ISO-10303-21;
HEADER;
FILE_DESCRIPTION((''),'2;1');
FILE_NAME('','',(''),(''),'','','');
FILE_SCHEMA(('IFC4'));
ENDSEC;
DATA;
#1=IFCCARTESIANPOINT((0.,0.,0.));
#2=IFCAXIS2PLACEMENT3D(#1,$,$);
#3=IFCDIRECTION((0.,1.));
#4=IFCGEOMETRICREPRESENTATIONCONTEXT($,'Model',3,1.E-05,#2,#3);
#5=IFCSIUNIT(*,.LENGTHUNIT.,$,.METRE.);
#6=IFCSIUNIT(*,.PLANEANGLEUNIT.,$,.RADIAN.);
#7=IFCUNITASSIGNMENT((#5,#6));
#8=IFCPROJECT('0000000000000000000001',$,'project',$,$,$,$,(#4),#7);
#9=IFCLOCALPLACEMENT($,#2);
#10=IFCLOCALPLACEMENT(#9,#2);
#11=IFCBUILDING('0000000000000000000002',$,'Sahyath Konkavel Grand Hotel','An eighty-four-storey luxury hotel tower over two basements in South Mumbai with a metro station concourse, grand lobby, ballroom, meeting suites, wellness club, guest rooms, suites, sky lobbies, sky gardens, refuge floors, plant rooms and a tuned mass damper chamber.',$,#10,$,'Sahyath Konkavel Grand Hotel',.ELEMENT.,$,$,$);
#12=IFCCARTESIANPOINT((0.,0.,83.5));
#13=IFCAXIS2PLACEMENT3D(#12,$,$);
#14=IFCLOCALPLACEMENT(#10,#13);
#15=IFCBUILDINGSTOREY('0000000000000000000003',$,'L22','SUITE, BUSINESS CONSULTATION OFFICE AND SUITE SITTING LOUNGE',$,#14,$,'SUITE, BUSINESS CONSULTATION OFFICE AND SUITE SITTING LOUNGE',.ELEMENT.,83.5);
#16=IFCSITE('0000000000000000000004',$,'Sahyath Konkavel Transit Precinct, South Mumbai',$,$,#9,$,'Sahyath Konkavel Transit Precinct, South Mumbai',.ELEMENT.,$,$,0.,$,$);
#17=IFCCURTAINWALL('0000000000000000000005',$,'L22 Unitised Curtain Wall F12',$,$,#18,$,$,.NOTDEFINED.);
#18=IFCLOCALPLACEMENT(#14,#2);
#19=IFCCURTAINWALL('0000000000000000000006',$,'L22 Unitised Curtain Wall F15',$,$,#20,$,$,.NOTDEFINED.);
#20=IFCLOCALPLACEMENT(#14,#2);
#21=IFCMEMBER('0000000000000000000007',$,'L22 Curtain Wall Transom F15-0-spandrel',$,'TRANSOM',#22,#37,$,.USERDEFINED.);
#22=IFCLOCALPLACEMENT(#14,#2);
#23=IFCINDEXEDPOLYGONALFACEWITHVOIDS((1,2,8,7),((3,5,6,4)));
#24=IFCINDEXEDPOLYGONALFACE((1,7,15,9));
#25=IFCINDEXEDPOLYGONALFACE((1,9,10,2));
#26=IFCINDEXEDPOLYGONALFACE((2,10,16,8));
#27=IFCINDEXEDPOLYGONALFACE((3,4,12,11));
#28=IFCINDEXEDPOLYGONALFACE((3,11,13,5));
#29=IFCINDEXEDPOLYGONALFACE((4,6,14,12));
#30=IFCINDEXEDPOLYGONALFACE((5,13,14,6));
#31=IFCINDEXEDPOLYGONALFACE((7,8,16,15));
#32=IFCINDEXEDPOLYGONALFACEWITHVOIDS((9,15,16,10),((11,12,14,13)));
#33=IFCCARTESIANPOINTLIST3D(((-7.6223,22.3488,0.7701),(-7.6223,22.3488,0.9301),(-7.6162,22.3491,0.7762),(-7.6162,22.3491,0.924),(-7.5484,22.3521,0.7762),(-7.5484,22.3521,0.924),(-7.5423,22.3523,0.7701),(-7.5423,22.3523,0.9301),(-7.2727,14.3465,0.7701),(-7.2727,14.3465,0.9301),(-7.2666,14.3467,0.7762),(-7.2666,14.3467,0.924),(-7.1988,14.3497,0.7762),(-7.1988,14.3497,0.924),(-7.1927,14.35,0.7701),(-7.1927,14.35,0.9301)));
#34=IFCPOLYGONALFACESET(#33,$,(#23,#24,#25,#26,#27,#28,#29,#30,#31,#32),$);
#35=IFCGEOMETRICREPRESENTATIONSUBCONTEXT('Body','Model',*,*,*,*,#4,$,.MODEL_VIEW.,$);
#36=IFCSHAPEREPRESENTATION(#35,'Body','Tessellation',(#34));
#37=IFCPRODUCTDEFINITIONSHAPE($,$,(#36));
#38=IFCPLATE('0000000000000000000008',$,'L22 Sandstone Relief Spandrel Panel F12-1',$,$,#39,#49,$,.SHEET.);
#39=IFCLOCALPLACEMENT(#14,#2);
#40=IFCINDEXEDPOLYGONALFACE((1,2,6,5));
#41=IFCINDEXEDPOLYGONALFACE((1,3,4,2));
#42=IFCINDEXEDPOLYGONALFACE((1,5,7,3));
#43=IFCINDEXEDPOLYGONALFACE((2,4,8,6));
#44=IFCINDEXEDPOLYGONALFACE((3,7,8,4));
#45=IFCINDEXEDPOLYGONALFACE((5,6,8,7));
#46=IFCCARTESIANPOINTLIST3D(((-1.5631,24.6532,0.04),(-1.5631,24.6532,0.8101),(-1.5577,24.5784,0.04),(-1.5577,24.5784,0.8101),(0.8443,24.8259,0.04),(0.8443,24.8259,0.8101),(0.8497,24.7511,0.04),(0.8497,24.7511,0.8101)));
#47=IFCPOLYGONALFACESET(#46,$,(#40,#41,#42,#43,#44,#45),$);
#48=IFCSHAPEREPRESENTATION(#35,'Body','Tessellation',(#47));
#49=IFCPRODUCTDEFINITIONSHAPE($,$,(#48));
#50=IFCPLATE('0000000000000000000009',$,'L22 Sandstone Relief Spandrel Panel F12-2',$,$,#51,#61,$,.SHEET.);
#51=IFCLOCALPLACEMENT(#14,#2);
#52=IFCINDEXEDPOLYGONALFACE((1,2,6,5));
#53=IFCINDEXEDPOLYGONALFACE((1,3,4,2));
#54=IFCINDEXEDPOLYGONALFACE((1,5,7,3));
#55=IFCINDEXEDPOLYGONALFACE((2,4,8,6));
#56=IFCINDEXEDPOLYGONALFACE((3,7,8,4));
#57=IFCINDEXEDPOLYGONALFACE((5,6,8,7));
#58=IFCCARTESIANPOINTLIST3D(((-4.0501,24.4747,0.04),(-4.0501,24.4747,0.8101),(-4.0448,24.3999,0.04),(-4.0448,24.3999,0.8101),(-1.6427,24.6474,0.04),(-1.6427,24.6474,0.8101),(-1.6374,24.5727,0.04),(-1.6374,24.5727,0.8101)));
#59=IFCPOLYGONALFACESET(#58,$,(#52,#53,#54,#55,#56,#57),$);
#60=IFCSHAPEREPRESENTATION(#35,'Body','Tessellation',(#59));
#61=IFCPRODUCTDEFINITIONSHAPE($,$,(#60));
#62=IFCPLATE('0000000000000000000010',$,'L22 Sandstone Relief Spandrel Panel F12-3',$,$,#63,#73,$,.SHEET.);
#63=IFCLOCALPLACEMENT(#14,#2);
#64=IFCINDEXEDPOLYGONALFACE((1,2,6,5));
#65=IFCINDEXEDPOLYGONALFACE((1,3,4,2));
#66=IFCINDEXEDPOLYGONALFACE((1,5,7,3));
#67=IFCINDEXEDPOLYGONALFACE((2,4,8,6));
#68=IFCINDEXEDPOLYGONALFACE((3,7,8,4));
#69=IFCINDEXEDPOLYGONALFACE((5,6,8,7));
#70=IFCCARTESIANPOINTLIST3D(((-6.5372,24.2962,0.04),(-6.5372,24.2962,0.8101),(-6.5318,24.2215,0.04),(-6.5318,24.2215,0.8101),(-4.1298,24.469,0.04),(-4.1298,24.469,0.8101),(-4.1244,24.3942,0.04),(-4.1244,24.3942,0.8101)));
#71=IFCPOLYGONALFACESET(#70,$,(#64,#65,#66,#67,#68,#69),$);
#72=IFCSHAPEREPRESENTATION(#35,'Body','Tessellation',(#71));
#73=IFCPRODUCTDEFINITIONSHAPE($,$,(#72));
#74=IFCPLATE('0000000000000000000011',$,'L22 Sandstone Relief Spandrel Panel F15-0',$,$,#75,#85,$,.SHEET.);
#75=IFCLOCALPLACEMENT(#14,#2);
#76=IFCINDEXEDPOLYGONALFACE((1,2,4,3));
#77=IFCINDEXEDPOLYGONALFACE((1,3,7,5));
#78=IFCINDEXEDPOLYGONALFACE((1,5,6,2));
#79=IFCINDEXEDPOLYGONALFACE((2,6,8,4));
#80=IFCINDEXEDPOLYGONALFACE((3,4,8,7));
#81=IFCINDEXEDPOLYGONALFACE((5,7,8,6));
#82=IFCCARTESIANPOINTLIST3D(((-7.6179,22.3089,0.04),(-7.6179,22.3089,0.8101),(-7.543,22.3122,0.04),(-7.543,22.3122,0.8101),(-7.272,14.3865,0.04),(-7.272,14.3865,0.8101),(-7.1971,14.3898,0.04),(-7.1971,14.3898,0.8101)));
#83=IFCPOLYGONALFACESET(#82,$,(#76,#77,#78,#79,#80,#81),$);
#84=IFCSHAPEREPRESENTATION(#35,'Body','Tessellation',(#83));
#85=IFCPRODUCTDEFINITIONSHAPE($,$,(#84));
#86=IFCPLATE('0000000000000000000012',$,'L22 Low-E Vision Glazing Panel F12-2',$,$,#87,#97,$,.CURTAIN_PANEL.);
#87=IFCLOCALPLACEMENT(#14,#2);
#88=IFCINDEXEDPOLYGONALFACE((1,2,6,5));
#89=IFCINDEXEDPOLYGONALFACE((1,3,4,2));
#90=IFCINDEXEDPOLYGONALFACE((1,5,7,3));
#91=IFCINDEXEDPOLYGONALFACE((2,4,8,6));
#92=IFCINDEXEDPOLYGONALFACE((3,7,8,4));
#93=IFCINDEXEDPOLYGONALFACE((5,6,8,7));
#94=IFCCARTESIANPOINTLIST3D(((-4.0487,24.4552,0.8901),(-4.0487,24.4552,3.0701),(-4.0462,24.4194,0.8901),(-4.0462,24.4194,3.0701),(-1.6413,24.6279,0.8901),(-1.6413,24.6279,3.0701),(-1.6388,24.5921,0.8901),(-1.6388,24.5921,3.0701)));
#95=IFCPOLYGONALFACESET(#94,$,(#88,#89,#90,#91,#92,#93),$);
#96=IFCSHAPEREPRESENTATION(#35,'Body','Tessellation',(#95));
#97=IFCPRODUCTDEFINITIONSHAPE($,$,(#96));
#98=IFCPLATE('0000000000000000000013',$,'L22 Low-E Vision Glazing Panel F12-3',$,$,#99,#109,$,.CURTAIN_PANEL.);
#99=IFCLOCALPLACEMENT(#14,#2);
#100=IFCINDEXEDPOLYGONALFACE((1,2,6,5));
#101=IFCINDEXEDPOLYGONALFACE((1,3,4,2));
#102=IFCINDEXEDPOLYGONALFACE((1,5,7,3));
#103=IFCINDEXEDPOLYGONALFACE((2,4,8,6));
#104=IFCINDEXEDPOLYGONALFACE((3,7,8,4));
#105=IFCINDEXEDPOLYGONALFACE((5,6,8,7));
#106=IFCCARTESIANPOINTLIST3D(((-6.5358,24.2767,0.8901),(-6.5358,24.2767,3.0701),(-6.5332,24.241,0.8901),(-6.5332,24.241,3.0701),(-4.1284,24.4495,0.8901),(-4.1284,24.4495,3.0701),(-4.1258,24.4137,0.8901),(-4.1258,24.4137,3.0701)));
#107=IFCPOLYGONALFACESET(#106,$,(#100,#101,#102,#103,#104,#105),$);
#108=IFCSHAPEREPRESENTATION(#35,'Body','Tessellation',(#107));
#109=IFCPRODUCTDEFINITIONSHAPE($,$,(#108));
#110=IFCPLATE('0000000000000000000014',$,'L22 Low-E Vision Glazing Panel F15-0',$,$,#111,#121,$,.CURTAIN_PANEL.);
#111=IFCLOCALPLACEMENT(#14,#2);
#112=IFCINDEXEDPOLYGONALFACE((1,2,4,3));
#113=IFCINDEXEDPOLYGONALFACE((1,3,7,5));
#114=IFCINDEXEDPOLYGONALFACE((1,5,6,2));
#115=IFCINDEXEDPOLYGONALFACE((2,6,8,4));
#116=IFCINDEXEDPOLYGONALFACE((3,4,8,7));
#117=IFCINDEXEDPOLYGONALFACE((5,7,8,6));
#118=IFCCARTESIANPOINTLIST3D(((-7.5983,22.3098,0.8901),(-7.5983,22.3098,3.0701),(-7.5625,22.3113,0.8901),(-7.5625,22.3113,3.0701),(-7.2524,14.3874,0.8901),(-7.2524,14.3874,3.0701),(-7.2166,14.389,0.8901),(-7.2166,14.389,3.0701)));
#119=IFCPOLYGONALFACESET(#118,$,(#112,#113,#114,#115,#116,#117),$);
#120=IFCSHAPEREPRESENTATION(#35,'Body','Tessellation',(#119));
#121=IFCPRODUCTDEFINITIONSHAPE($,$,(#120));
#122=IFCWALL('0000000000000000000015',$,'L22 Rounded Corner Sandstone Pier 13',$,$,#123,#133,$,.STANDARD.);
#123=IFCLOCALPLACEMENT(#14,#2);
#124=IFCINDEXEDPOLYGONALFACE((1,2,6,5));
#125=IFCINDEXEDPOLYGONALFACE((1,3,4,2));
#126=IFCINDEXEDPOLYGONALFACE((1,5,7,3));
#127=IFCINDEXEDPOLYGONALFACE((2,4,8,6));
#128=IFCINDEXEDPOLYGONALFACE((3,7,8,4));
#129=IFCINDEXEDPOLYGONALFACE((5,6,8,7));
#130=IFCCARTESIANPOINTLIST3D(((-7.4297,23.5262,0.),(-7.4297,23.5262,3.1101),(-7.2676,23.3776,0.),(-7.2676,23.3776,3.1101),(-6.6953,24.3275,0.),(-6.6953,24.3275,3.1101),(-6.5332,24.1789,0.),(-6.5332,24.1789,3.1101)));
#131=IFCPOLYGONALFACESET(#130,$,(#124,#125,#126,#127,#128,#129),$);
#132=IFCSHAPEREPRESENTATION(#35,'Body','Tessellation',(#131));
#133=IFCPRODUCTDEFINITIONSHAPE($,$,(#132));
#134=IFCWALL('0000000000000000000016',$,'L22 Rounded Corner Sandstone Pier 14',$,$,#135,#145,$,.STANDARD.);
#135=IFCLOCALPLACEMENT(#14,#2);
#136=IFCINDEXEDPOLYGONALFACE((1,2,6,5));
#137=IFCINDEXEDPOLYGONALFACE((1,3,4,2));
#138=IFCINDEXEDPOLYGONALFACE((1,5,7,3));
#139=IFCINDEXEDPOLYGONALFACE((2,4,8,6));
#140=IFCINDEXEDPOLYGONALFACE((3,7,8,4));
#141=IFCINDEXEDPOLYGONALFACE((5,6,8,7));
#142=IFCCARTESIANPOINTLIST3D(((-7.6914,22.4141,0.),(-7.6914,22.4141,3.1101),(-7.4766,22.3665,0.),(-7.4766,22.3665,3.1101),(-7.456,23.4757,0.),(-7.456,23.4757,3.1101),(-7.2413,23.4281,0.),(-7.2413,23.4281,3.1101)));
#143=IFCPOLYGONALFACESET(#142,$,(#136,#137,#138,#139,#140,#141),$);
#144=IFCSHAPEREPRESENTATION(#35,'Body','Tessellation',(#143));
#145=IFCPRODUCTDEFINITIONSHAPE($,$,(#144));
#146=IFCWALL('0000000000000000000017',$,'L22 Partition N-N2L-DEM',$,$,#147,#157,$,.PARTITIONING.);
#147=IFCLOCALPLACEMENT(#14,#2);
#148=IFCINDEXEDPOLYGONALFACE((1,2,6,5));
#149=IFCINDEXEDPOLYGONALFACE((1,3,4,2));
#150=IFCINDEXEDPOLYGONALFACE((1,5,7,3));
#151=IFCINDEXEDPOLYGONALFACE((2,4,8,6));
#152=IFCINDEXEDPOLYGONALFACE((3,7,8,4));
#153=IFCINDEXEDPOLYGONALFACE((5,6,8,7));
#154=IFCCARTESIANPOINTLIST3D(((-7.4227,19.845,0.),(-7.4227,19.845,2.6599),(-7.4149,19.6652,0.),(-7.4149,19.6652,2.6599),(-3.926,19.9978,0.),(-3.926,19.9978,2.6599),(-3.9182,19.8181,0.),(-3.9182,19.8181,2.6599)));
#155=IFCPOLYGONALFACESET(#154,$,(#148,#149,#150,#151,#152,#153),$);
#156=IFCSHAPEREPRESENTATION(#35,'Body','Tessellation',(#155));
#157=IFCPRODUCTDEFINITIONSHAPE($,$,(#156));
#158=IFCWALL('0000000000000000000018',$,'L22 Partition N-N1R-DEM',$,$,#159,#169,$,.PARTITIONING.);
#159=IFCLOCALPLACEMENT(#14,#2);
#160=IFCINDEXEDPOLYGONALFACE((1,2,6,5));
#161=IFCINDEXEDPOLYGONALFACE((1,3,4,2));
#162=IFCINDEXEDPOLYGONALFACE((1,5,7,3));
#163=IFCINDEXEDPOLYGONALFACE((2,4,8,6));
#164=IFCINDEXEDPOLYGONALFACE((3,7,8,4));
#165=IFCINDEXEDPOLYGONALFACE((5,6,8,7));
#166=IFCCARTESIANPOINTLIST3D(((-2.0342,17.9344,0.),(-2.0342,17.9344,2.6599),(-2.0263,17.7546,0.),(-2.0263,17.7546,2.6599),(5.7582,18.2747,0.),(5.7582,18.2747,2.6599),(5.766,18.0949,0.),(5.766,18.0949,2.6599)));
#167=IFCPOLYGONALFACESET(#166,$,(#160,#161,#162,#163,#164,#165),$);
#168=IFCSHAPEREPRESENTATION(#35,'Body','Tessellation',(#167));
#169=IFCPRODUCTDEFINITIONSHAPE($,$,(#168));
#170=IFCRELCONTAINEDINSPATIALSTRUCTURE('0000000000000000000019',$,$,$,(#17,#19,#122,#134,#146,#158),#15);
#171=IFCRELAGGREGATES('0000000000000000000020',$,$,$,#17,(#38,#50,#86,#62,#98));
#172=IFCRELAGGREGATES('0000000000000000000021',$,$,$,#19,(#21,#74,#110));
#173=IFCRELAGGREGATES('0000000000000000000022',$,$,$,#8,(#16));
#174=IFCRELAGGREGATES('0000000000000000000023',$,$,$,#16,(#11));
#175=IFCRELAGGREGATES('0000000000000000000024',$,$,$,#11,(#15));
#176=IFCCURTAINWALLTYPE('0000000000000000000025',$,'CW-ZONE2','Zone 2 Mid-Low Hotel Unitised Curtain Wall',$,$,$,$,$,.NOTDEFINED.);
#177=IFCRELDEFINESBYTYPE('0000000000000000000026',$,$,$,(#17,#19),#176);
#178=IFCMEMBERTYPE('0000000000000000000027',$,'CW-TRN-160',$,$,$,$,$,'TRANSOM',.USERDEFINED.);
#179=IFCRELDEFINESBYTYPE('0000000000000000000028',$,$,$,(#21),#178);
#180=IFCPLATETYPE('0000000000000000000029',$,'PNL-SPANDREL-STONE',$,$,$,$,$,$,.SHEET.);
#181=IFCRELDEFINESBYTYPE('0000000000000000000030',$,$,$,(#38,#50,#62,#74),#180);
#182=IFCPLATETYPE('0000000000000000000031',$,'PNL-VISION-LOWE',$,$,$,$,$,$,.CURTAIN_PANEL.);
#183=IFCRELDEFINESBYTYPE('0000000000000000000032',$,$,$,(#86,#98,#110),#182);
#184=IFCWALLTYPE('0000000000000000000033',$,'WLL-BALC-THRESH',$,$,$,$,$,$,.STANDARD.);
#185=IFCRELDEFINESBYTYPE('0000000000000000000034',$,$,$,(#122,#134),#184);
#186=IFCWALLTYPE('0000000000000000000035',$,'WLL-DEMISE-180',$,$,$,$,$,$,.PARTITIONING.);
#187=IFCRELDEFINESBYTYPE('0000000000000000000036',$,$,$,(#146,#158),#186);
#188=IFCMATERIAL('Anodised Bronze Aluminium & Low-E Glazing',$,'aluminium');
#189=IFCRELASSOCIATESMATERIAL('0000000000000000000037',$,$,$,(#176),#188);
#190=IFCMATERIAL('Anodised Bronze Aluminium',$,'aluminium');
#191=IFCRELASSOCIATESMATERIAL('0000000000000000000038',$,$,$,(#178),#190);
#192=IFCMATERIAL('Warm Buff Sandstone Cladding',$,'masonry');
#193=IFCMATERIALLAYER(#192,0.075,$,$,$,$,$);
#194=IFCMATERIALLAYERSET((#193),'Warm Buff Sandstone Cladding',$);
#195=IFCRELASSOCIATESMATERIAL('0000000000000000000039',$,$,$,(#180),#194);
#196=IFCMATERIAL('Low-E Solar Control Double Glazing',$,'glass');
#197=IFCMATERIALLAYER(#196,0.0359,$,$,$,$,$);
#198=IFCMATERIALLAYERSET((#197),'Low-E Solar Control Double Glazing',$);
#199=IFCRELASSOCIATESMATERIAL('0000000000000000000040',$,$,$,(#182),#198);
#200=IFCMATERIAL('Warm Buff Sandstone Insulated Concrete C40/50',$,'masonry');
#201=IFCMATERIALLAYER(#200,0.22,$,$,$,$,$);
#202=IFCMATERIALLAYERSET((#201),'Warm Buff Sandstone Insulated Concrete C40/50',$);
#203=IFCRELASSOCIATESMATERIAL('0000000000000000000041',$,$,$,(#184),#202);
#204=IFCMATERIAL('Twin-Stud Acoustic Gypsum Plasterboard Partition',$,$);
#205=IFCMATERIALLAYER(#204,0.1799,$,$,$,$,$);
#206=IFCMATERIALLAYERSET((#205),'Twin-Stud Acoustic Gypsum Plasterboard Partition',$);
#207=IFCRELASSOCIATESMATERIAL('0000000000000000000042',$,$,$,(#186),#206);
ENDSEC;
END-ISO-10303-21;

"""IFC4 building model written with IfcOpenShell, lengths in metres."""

from ifc_helpers import new_model, si_unit, direction, frame, frame_2d, origin, origin_2d, place, context, subcontext, project, spatial, rectangle, hollow_rectangle, extrude, source, transform, mapped, material, layer, layer_set, material_profile, profile_set, type_object, element, aggregate, save


model = new_model("IFC4")

# Units and contexts
model_context = context("Model", 3, precision=1e-05, world=origin(), true_north=direction((0.0, 1.0)))
body_context = subcontext(model_context, "Body", "Model", "MODEL_VIEW")
ifc_project = project(units=[si_unit("LENGTHUNIT", "METRE"), si_unit("PLANEANGLEUNIT", "RADIAN")], contexts=[model_context])

# Site, building, storey
site_placement = place(None, origin())
site = spatial("IfcSite", under=ifc_project, at=site_placement, Name="Sahyath Konkavel Transit Precinct, South Mumbai", LongName="Sahyath Konkavel Transit Precinct, South Mumbai", CompositionType="ELEMENT", RefElevation=0.0)
building_placement = place(site_placement, origin())
building = spatial("IfcBuilding", under=site, at=building_placement, Name="Sahyath Konkavel Grand Hotel", Description="An eighty-four-storey luxury hotel tower over two basements in South Mumbai with a metro station concourse, grand lobby, ballroom, meeting suites, wellness club, guest rooms, suites, sky lobbies, sky gardens, refuge floors, plant rooms and a tuned mass damper chamber.", LongName="Sahyath Konkavel Grand Hotel", CompositionType="ELEMENT")
storey_placement = place(building_placement, frame((0.0, 0.0, 83.5)))
storey = spatial("IfcBuildingStorey", under=building, at=storey_placement, Name="L22", Description="SUITE, BUSINESS CONSULTATION OFFICE AND SUITE SITTING LOUNGE", LongName="SUITE, BUSINESS CONSULTATION OFFICE AND SUITE SITTING LOUNGE", CompositionType="ELEMENT", Elevation=83.5)

# Curtain wall
ifc_material_1 = material(Name="Anodised Bronze Aluminium & Low-E Glazing", Category="aluminium")
curtain_wall_type = type_object("IfcCurtainWallType", Name="CW-ZONE2", Description="Zone 2 Mid-Low Hotel Unitised Curtain Wall", PredefinedType="NOTDEFINED", material=ifc_material_1)
curtain_wall_1_placement = place(storey_placement, origin())
curtain_wall_1 = element("IfcCurtainWall", 1, at=curtain_wall_1_placement, inside=storey, type_object=curtain_wall_type, Name="L22 Unitised Curtain Wall F12", PredefinedType="NOTDEFINED")
ifc_material_2 = material(Name="Anodised Bronze Aluminium", Category="aluminium")

# Curtain wall
curtain_wall_2_placement = place(storey_placement, origin())
curtain_wall_2 = element("IfcCurtainWall", 2, at=curtain_wall_2_placement, inside=storey, type_object=curtain_wall_type, Name="L22 Unitised Curtain Wall F15", PredefinedType="NOTDEFINED")

# Member
ifc_material_profile_1 = material_profile(ifc_material_2, hollow_rectangle(XDim=0.0801, YDim=0.1599, WallThickness=0.0061, at=origin_2d()), Name="RHS 160x80x6")
ifc_profile_set_1 = profile_set([ifc_material_profile_1], Name="Anodised Bronze Aluminium")
member_type_1 = type_object("IfcMemberType", Name="CW-TRN-160", ElementType="TRANSOM", PredefinedType="USERDEFINED", material=ifc_profile_set_1)
shared_shape_1 = source(origin(), body_context, "Body", "SweptSolid", [
    extrude(hollow_rectangle(XDim=0.0801, YDim=0.1599, WallThickness=0.0061, at=origin_2d()), origin(), (0.0, 0.0, 1.0), 8.01),
])
member_1_placement = place(storey_placement, frame((-7.5823, 22.3506, 0.8501), z_axis=(0.043646, -0.999047, 0.0), x_axis=(0.999047, 0.043646, 0.0)))
member_1 = element("IfcMember", 3, at=member_1_placement, type_object=member_type_1, Name="L22 Curtain Wall Transom F15-0-spandrel", ObjectType="TRANSOM", PredefinedType="USERDEFINED", context=body_context, shape_type="MappedRepresentation", body=[
    mapped(shared_shape_1, transform((0.0, 0.0, 0.0), scale=1.0)),
])

# Plates
ifc_material_3 = material(Name="Warm Buff Sandstone Cladding", Category="masonry")
ifc_layer_1 = layer(ifc_material_3, 0.075)
ifc_layer_set_1 = layer_set([ifc_layer_1], Name="Warm Buff Sandstone Cladding")
plate_type_1 = type_object("IfcPlateType", Name="PNL-SPANDREL-STONE", PredefinedType="SHEET", material=ifc_layer_set_1)
shared_shape_2 = source(origin(), body_context, "Body", "SweptSolid", [
    extrude(rectangle(XDim=2.4136, YDim=0.075, at=origin_2d()), origin(), (0.0, 0.0, 1.0), 0.77),
])
plate_1_placement = place(storey_placement, frame((-0.3567, 24.7021, 0.04), z_axis=(0.0, 0.0, 1.0), x_axis=(-0.997436, -0.071567, 0.0)))
plate_1 = element("IfcPlate", 4, at=plate_1_placement, type_object=plate_type_1, Name="L22 Sandstone Relief Spandrel Panel F12-1", PredefinedType="SHEET", context=body_context, shape_type="MappedRepresentation", body=[
    mapped(shared_shape_2, transform((0.0, 0.0, 0.0), scale=1.0)),
])
plate_2_placement = place(storey_placement, frame((-2.8438, 24.5237, 0.04), z_axis=(0.0, 0.0, 1.0), x_axis=(-0.997436, -0.071567, 0.0)))
plate_2 = element("IfcPlate", 5, at=plate_2_placement, type_object=plate_type_1, Name="L22 Sandstone Relief Spandrel Panel F12-2", PredefinedType="SHEET", context=body_context, shape_type="MappedRepresentation", body=[
    mapped(shared_shape_2, transform((0.0, 0.0, 0.0), scale=1.0)),
])
plate_3_placement = place(storey_placement, frame((-5.3308, 24.3452, 0.04), z_axis=(0.0, 0.0, 1.0), x_axis=(-0.997436, -0.071567, 0.0)))
plate_3 = element("IfcPlate", 6, at=plate_3_placement, type_object=plate_type_1, Name="L22 Sandstone Relief Spandrel Panel F12-3", PredefinedType="SHEET", context=body_context, shape_type="MappedRepresentation", body=[
    mapped(shared_shape_2, transform((0.0, 0.0, 0.0), scale=1.0)),
])
shared_shape_3 = source(origin(), body_context, "Body", "SweptSolid", [
    extrude(rectangle(XDim=7.9299, YDim=0.075, at=origin_2d()), origin(), (0.0, 0.0, 1.0), 0.77),
])
plate_4_placement = place(storey_placement, frame((-7.4075, 18.3494, 0.04), z_axis=(0.0, 0.0, 1.0), x_axis=(0.043619, -0.999048, 0.0)))
plate_4 = element("IfcPlate", 7, at=plate_4_placement, type_object=plate_type_1, Name="L22 Sandstone Relief Spandrel Panel F15-0", PredefinedType="SHEET", context=body_context, shape_type="MappedRepresentation", body=[
    mapped(shared_shape_3, transform((0.0, 0.0, 0.0), scale=1.0)),
])
ifc_material_4 = material(Name="Low-E Solar Control Double Glazing", Category="glass")
ifc_layer_2 = layer(ifc_material_4, 0.0359)
ifc_layer_set_2 = layer_set([ifc_layer_2], Name="Low-E Solar Control Double Glazing")
plate_type_2 = type_object("IfcPlateType", Name="PNL-VISION-LOWE", PredefinedType="CURTAIN_PANEL", material=ifc_layer_set_2)
shared_shape_4 = source(origin(), body_context, "Body", "SweptSolid", [
    extrude(rectangle(XDim=2.4136, YDim=0.0359, at=origin_2d()), origin(), (0.0, 0.0, 1.0), 2.1799),
])
plate_5_placement = place(storey_placement, frame((-2.8438, 24.5237, 0.8901), z_axis=(0.0, 0.0, 1.0), x_axis=(-0.997436, -0.071567, 0.0)))
plate_5 = element("IfcPlate", 8, at=plate_5_placement, type_object=plate_type_2, Name="L22 Low-E Vision Glazing Panel F12-2", PredefinedType="CURTAIN_PANEL", context=body_context, shape_type="MappedRepresentation", body=[
    mapped(shared_shape_4, transform((0.0, 0.0, 0.0), scale=1.0)),
])
plate_6_placement = place(storey_placement, frame((-5.3308, 24.3452, 0.8901), z_axis=(0.0, 0.0, 1.0), x_axis=(-0.997436, -0.071567, 0.0)))
plate_6 = element("IfcPlate", 9, at=plate_6_placement, type_object=plate_type_2, Name="L22 Low-E Vision Glazing Panel F12-3", PredefinedType="CURTAIN_PANEL", context=body_context, shape_type="MappedRepresentation", body=[
    mapped(shared_shape_4, transform((0.0, 0.0, 0.0), scale=1.0)),
])
aggregate(curtain_wall_1, [plate_1, plate_2, plate_5, plate_3, plate_6])
shared_shape_5 = source(origin(), body_context, "Body", "SweptSolid", [
    extrude(rectangle(XDim=7.9299, YDim=0.0359, at=origin_2d()), origin(), (0.0, 0.0, 1.0), 2.1799),
])
plate_7_placement = place(storey_placement, frame((-7.4075, 18.3494, 0.8901), z_axis=(0.0, 0.0, 1.0), x_axis=(0.043619, -0.999048, 0.0)))
plate_7 = element("IfcPlate", 10, at=plate_7_placement, type_object=plate_type_2, Name="L22 Low-E Vision Glazing Panel F15-0", PredefinedType="CURTAIN_PANEL", context=body_context, shape_type="MappedRepresentation", body=[
    mapped(shared_shape_5, transform((0.0, 0.0, 0.0), scale=1.0)),
])
aggregate(curtain_wall_2, [member_1, plate_4, plate_7])

# Walls
ifc_material_5 = material(Name="Warm Buff Sandstone Insulated Concrete C40/50", Category="masonry")
ifc_layer_3 = layer(ifc_material_5, 0.22)
ifc_layer_set_3 = layer_set([ifc_layer_3], Name="Warm Buff Sandstone Insulated Concrete C40/50")
wall_type_1 = type_object("IfcWallType", Name="WLL-BALC-THRESH", PredefinedType="STANDARD", material=ifc_layer_set_3)
wall_1_placement = place(storey_placement, frame((-6.6143, 24.2532, 0.0), z_axis=(0.0, 0.0, 1.0), x_axis=(-0.675664, -0.73721, 0.0)))
element("IfcWall", 11, at=wall_1_placement, inside=storey, type_object=wall_type_1, Name="L22 Rounded Corner Sandstone Pier 13", PredefinedType="STANDARD", context=body_context, shape_type="SweptSolid", body=[
    extrude(rectangle(XDim=1.0869, YDim=0.22, at=frame_2d((0.5435, 0.0))), origin(), (0.0, 0.0, 1.0), 3.1101),
])
wall_2_placement = place(storey_placement, frame((-7.3486, 23.4519, 0.0), z_axis=(0.0, 0.0, 1.0), x_axis=(-0.216455, -0.976293, 0.0)))
element("IfcWall", 12, at=wall_2_placement, inside=storey, type_object=wall_type_1, Name="L22 Rounded Corner Sandstone Pier 14", PredefinedType="STANDARD", context=body_context, shape_type="SweptSolid", body=[
    extrude(rectangle(XDim=1.0874, YDim=0.22, at=frame_2d((0.5437, 0.0))), origin(), (0.0, 0.0, 1.0), 3.1101),
])
ifc_material_6 = material(Name="Twin-Stud Acoustic Gypsum Plasterboard Partition")
ifc_layer_4 = layer(ifc_material_6, 0.1799)
ifc_layer_set_4 = layer_set([ifc_layer_4], Name="Twin-Stud Acoustic Gypsum Plasterboard Partition")
wall_type_2 = type_object("IfcWallType", Name="WLL-DEMISE-180", PredefinedType="PARTITIONING", material=ifc_layer_set_4)
wall_3_placement = place(storey_placement, frame((-3.9221, 19.908, 0.0), z_axis=(0.0, 0.0, 1.0), x_axis=(-0.999046, -0.043667, 0.0)))
element("IfcWall", 13, at=wall_3_placement, inside=storey, type_object=wall_type_2, Name="L22 Partition N-N2L-DEM", PredefinedType="PARTITIONING", context=body_context, shape_type="SweptSolid", body=[
    extrude(rectangle(XDim=3.5, YDim=0.1799, at=frame_2d((1.75, 0.0))), origin(), (0.0, 0.0, 1.0), 2.6599),
])
wall_4_placement = place(storey_placement, frame((-2.0303, 17.8445, 0.0), z_axis=(0.0, 0.0, 1.0), x_axis=(0.999048, 0.043633, 0.0)))
element("IfcWall", 14, at=wall_4_placement, inside=storey, type_object=wall_type_2, Name="L22 Partition N-N1R-DEM", PredefinedType="PARTITIONING", context=body_context, shape_type="SweptSolid", body=[
    extrude(rectangle(XDim=7.7998, YDim=0.1799, at=frame_2d((3.8999, 0.0))), origin(), (0.0, 0.0, 1.0), 2.6599),
])

save(model, "model.ifc")
